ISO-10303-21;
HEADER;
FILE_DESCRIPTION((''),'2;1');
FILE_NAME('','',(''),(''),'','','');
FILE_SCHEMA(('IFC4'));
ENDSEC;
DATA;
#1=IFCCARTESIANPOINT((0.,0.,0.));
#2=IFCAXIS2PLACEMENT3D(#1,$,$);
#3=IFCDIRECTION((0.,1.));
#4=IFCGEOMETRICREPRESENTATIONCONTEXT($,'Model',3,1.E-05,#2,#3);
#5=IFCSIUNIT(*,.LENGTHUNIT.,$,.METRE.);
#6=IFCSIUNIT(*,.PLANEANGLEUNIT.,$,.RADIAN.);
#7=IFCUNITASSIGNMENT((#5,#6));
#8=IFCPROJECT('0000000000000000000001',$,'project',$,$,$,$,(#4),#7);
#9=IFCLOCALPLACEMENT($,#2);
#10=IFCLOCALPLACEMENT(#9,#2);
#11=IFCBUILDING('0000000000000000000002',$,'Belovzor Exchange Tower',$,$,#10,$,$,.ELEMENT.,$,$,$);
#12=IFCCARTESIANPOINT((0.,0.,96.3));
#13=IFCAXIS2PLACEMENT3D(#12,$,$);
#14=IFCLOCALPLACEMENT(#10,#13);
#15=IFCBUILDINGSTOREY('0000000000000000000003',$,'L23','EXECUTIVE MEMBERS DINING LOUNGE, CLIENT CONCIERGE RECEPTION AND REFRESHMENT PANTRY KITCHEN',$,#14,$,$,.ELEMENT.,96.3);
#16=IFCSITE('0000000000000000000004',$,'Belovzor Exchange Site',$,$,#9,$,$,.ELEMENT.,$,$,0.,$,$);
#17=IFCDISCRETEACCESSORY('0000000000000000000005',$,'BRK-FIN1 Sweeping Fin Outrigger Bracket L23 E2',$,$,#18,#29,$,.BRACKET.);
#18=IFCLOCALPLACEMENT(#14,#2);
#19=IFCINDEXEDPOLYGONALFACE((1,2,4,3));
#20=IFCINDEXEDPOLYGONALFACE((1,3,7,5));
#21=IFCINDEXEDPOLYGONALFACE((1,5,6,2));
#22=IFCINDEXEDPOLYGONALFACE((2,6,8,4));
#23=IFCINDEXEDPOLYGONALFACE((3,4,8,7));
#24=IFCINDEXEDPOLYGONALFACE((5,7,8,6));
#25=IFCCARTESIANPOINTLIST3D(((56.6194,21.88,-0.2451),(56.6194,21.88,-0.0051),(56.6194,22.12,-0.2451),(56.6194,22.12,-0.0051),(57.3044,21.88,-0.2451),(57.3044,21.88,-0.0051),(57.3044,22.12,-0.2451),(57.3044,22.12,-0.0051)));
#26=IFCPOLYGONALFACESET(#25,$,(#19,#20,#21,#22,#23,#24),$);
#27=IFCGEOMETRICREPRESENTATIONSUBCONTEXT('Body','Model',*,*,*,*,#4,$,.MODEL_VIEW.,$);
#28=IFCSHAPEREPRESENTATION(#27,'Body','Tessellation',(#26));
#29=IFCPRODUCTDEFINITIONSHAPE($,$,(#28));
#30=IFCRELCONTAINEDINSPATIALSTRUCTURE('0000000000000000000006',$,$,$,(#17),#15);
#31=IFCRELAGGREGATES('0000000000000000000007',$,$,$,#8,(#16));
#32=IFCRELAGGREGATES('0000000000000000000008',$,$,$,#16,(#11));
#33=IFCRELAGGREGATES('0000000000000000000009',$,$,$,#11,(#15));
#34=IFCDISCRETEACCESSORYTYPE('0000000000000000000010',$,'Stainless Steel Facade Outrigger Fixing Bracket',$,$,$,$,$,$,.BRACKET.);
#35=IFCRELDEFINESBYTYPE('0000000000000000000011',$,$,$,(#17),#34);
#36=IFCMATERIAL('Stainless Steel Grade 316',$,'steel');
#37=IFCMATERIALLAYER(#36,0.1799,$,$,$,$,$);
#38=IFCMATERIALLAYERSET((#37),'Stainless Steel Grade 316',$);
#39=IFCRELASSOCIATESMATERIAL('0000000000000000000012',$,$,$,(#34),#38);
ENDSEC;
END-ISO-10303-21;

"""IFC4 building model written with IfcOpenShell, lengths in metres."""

from ifc_helpers import new_model, si_unit, direction, frame, origin, origin_2d, place, context, subcontext, project, spatial, rectangle, extrude, material, layer, layer_set, type_object, element, save


model = new_model("IFC4")

# Units and contexts
model_context = context("Model", 3, precision=1e-05, world=origin(), true_north=direction((0.0, 1.0)))
body_context = subcontext(model_context, "Body", "Model", "MODEL_VIEW")
ifc_project = project(units=[si_unit("LENGTHUNIT", "METRE"), si_unit("PLANEANGLEUNIT", "RADIAN")], contexts=[model_context])

# Site, building, storey
site_placement = place(None, origin())
site = spatial("IfcSite", under=ifc_project, at=site_placement, Name="Belovzor Exchange Site", CompositionType="ELEMENT", RefElevation=0.0)
building_placement = place(site_placement, origin())
building = spatial("IfcBuilding", under=site, at=building_placement, Name="Belovzor Exchange Tower", CompositionType="ELEMENT")
storey_placement = place(building_placement, frame((0.0, 0.0, 96.3)))
storey = spatial("IfcBuildingStorey", under=building, at=storey_placement, Name="L23", Description="EXECUTIVE MEMBERS DINING LOUNGE, CLIENT CONCIERGE RECEPTION AND REFRESHMENT PANTRY KITCHEN", CompositionType="ELEMENT", Elevation=96.3)

# Discrete accessory
ifc_material_1 = material(Name="Stainless Steel Grade 316", Category="steel")
ifc_layer_1 = layer(ifc_material_1, 0.1799)
ifc_layer_set_1 = layer_set([ifc_layer_1], Name="Stainless Steel Grade 316")
discrete_accessory_type = type_object("IfcDiscreteAccessoryType", Name="Stainless Steel Facade Outrigger Fixing Bracket", PredefinedType="BRACKET", material=ifc_layer_set_1)
discrete_accessory_placement = place(storey_placement, frame((56.9619, 22.0, -0.2451), z_axis=(0.0, 0.0, 1.0), x_axis=(1.0, 0.0, 0.0)))
element("IfcDiscreteAccessory", 1, at=discrete_accessory_placement, inside=storey, type_object=discrete_accessory_type, Name="BRK-FIN1 Sweeping Fin Outrigger Bracket L23 E2", PredefinedType="BRACKET", context=body_context, shape_type="SweptSolid", body=[
    extrude(rectangle(XDim=0.6851, YDim=0.24, at=origin_2d()), origin(), (0.0, 0.0, 1.0), 0.24),
])

save(model, "model.ifc")
